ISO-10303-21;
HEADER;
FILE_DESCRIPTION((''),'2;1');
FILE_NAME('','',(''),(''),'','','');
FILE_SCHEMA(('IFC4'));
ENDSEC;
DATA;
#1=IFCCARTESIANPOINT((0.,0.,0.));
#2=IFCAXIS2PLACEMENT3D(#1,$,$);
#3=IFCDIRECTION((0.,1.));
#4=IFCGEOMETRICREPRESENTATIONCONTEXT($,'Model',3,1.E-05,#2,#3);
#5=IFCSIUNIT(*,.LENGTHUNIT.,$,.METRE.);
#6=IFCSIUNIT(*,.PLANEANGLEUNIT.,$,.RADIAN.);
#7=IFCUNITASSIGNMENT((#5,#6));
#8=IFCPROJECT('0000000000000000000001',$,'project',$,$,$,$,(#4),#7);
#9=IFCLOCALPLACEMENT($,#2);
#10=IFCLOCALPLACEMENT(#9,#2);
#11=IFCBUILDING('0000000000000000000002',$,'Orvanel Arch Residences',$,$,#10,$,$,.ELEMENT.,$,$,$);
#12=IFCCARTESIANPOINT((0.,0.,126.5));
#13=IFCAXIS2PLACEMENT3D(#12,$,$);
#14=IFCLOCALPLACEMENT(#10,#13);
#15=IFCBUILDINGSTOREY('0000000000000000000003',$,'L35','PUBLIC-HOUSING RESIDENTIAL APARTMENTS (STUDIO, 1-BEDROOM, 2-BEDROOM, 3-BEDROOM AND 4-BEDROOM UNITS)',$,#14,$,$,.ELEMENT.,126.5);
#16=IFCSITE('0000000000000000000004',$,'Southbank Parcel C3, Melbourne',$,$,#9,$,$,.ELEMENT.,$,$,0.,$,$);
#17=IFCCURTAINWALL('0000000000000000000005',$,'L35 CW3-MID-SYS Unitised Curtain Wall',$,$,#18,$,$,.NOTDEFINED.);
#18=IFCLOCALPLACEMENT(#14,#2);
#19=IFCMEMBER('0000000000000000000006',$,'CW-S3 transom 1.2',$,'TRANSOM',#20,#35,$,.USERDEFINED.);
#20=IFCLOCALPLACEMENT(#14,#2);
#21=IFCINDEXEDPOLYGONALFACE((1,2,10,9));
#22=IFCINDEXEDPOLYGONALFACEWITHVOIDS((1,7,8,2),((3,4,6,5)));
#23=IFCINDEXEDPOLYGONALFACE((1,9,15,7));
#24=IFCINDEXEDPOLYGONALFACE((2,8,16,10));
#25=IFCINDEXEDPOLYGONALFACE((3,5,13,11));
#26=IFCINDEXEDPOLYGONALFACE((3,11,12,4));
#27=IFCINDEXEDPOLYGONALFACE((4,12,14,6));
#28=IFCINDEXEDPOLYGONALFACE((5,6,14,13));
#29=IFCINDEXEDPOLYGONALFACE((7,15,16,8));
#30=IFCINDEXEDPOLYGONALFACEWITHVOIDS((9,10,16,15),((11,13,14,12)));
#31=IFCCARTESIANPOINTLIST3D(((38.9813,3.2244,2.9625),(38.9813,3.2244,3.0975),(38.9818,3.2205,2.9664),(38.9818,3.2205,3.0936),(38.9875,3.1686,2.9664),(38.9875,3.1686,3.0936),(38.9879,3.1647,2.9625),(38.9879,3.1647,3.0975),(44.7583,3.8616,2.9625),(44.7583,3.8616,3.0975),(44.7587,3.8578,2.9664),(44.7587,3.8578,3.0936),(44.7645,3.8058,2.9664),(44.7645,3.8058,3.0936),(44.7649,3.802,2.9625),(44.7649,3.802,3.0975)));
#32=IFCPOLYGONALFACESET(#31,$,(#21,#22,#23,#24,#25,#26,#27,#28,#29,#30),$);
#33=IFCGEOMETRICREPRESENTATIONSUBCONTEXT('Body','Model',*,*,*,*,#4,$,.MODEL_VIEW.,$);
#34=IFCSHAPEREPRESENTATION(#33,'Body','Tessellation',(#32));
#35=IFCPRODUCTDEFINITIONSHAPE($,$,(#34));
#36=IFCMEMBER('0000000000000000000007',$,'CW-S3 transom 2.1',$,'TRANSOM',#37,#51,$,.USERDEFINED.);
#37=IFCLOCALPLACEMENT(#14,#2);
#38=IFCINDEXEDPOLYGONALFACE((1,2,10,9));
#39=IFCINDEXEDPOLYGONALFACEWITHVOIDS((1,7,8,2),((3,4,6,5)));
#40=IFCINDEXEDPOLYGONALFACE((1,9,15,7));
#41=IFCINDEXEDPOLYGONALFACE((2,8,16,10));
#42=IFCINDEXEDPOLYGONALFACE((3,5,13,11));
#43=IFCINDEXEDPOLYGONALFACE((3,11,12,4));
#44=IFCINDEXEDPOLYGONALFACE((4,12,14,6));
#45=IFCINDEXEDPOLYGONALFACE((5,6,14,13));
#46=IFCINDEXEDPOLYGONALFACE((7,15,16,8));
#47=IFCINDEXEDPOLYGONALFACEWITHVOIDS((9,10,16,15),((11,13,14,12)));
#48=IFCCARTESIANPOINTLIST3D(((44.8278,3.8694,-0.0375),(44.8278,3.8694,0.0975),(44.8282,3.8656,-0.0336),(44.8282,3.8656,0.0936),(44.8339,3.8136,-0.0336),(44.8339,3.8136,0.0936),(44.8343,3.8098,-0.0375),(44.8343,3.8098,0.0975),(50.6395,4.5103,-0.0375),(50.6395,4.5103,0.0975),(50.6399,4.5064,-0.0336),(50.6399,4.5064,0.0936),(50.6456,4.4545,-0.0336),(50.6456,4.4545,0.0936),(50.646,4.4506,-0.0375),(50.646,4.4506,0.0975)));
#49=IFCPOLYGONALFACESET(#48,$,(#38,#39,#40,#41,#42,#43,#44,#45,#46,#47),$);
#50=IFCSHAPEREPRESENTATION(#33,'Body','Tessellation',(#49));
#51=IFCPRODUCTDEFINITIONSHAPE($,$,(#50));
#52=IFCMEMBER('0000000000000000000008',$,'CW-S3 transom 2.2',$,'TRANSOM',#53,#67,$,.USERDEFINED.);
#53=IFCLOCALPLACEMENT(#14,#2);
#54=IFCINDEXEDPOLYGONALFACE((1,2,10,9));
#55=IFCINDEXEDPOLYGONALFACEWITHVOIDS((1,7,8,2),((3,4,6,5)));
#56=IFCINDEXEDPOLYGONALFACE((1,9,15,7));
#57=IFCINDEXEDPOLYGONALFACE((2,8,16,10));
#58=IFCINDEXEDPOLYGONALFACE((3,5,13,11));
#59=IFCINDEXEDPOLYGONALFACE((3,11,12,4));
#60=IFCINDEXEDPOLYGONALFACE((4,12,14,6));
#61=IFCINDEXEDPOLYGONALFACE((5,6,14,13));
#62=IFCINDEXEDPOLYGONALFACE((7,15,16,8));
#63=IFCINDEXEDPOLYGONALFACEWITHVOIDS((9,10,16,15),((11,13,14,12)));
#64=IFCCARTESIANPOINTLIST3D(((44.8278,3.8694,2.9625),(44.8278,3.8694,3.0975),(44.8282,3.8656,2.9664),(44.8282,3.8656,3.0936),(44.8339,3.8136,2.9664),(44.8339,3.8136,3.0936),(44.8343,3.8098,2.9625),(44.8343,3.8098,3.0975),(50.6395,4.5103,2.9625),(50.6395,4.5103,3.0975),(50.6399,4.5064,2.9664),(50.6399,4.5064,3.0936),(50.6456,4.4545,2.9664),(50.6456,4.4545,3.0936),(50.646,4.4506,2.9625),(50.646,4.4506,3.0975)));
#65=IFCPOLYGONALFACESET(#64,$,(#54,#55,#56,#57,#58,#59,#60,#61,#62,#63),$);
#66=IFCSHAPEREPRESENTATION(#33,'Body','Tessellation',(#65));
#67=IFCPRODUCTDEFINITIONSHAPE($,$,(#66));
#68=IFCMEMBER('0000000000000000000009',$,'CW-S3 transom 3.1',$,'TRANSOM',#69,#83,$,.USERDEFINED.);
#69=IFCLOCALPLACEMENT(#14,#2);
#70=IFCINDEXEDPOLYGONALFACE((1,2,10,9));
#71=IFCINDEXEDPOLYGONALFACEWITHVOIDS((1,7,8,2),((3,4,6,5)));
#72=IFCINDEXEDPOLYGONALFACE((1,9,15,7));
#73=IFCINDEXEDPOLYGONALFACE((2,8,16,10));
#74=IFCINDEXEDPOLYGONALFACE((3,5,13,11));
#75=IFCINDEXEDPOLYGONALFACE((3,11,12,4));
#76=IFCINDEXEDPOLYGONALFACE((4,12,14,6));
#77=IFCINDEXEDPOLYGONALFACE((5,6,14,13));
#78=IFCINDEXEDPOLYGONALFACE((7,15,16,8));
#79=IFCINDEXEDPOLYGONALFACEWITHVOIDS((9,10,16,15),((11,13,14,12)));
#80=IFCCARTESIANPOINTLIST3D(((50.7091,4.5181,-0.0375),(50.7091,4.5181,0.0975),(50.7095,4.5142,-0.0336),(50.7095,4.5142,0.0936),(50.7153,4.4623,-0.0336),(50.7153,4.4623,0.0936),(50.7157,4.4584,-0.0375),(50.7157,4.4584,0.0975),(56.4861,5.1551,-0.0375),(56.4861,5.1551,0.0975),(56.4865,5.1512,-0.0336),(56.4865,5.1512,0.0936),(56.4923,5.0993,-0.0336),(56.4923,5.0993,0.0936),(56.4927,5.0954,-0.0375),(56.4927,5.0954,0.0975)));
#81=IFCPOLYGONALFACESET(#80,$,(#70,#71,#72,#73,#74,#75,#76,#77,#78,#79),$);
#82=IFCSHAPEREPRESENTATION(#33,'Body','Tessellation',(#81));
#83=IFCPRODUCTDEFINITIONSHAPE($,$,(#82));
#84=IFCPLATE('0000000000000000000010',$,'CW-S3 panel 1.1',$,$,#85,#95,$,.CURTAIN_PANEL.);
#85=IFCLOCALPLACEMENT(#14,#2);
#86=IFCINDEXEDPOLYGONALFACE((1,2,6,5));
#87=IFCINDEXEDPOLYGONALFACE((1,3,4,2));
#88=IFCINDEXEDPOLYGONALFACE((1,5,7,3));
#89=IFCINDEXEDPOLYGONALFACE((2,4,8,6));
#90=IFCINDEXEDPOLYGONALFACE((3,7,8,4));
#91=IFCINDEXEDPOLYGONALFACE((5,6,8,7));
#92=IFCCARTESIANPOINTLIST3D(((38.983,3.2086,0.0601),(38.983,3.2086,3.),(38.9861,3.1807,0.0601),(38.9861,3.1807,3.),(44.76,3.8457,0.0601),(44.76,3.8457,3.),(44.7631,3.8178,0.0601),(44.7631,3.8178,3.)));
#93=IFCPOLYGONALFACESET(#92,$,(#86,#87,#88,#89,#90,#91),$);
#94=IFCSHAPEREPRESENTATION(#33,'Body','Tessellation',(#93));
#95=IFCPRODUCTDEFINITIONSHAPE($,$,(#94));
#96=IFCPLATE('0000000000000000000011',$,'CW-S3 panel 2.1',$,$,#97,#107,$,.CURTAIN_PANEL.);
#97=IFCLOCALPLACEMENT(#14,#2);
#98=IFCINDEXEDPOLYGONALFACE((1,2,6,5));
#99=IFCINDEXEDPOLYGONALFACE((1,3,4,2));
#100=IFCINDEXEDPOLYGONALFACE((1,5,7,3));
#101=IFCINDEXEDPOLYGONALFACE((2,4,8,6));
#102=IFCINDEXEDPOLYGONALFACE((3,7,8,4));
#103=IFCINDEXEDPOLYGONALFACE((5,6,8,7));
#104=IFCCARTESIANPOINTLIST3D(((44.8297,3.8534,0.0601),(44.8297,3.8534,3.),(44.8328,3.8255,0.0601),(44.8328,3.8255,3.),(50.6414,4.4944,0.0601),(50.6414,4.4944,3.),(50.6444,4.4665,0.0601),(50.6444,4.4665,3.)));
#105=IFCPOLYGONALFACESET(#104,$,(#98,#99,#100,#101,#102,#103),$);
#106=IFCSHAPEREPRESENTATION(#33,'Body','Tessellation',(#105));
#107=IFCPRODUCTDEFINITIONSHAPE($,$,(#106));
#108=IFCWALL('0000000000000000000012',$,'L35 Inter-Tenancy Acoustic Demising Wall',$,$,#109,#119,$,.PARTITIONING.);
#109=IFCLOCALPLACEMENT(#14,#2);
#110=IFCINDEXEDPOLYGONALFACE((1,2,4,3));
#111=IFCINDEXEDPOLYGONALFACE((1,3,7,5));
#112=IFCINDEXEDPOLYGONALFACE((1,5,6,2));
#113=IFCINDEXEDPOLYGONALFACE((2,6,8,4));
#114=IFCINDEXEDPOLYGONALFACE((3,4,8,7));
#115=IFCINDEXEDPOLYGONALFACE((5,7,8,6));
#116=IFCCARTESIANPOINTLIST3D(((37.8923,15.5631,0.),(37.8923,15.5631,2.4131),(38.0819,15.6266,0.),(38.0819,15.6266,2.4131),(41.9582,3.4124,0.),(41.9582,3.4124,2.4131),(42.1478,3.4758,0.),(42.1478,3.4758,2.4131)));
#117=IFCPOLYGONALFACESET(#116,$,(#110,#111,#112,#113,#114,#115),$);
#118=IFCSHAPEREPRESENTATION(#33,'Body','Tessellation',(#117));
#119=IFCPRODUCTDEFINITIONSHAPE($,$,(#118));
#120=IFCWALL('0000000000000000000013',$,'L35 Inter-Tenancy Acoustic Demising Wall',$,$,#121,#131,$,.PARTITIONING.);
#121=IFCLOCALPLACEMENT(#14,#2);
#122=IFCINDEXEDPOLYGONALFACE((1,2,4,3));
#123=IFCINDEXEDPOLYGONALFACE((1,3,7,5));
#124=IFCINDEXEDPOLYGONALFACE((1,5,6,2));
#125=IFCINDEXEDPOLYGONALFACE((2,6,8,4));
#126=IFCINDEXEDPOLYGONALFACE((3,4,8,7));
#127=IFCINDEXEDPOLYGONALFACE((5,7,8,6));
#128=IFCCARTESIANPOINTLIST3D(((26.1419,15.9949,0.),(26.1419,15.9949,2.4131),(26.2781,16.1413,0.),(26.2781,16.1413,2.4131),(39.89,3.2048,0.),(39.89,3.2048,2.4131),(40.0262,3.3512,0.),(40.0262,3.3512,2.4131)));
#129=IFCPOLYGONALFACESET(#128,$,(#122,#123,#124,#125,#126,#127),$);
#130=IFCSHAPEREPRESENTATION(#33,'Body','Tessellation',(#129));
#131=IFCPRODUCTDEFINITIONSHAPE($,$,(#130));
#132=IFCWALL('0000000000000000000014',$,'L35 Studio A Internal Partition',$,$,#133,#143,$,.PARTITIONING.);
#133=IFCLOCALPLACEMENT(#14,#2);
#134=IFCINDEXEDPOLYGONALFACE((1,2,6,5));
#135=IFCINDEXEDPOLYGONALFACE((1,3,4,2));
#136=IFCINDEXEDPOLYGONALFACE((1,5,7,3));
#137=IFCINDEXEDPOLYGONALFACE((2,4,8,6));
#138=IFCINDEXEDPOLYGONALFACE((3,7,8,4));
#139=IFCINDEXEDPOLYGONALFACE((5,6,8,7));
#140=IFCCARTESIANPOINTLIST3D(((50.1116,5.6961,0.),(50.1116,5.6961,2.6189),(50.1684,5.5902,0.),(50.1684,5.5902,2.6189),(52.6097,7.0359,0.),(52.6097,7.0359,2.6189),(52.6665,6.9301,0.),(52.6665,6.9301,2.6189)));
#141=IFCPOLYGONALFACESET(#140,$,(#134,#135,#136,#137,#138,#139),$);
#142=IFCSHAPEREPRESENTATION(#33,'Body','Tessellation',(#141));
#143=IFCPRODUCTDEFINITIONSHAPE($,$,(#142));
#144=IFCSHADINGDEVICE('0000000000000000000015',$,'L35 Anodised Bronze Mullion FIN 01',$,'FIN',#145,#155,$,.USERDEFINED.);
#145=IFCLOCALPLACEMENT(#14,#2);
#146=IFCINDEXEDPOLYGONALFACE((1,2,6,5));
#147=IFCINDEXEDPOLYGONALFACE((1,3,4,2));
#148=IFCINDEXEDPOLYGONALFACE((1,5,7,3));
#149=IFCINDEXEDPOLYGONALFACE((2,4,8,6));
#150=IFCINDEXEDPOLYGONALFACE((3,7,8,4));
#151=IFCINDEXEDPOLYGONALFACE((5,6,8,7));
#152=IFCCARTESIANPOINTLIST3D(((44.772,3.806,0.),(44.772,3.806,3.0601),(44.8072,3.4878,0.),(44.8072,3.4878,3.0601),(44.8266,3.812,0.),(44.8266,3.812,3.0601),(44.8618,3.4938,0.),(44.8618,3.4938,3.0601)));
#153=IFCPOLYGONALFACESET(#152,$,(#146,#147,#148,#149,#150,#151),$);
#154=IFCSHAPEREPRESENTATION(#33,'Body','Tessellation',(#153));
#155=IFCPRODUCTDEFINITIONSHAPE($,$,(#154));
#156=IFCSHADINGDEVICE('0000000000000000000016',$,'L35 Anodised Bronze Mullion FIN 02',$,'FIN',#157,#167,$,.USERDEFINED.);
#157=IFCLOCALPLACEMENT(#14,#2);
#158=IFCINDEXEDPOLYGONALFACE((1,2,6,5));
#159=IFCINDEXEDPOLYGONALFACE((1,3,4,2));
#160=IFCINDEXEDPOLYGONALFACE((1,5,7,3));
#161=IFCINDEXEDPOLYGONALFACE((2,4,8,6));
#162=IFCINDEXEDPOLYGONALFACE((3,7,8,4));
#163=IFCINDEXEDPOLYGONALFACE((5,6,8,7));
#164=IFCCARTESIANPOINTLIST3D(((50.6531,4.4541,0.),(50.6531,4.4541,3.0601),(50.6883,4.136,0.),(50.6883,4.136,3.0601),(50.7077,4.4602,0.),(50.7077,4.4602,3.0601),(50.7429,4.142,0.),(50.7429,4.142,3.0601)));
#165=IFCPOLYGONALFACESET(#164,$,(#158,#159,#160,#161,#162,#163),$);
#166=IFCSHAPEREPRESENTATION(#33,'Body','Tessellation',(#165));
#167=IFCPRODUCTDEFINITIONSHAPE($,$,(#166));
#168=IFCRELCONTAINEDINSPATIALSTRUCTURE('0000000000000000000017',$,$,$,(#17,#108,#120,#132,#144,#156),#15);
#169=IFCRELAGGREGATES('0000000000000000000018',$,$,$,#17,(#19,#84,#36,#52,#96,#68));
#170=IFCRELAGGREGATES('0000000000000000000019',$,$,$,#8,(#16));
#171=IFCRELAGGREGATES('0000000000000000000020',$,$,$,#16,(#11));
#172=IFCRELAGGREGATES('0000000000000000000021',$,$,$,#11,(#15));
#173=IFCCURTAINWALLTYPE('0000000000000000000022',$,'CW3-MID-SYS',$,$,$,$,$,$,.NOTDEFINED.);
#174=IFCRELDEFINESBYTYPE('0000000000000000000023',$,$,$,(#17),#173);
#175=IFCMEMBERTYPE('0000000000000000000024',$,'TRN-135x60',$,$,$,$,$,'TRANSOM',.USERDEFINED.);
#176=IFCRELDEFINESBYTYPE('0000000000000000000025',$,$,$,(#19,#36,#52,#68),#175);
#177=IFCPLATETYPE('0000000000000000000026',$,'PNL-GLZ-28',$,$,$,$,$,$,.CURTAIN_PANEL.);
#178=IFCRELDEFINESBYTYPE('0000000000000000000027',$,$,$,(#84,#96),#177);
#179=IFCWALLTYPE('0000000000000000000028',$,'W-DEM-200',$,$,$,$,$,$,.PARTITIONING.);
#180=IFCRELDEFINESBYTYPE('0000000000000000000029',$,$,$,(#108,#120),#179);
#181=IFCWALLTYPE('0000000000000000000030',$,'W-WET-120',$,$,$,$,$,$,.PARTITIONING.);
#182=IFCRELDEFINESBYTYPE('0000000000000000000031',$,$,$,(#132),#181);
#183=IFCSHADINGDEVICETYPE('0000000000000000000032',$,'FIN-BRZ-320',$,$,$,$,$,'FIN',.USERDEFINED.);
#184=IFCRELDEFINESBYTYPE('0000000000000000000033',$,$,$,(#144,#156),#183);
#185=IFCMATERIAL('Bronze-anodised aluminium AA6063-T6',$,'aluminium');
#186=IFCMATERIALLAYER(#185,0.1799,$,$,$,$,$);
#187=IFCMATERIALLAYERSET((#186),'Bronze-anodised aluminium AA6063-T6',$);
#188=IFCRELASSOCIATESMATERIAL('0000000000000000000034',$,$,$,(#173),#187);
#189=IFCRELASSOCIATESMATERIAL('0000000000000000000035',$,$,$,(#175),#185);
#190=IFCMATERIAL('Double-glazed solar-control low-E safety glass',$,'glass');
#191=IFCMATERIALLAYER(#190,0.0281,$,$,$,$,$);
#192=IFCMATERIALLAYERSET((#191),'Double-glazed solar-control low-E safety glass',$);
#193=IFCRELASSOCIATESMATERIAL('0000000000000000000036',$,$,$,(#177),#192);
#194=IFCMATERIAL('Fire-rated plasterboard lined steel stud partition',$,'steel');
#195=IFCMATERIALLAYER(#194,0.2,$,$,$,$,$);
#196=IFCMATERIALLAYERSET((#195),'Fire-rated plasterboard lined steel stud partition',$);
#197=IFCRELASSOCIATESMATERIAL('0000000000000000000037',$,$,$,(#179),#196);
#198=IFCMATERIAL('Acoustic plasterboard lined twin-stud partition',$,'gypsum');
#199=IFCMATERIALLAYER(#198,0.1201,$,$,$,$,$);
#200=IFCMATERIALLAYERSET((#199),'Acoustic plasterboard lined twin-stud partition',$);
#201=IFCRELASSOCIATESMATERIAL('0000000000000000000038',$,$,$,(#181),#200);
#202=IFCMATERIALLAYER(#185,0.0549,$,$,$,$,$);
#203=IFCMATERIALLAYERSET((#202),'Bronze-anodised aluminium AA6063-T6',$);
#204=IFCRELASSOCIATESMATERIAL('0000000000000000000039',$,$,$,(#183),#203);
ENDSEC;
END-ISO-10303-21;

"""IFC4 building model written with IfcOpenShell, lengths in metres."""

from ifc_helpers import new_model, si_unit, direction, frame, frame_2d, origin, origin_2d, place, context, subcontext, project, spatial, rectangle, hollow_rectangle, extrude, material, layer, layer_set, material_profile, profile_set, type_object, element, aggregate, save


model = new_model("IFC4")

# Units and contexts
model_context = context("Model", 3, precision=1e-05, world=origin(), true_north=direction((0.0, 1.0)))
body_context = subcontext(model_context, "Body", "Model", "MODEL_VIEW")
ifc_project = project(units=[si_unit("LENGTHUNIT", "METRE"), si_unit("PLANEANGLEUNIT", "RADIAN")], contexts=[model_context])

# Site, building, storey
site_placement = place(None, origin())
site = spatial("IfcSite", under=ifc_project, at=site_placement, Name="Southbank Parcel C3, Melbourne", CompositionType="ELEMENT", RefElevation=0.0)
building_placement = place(site_placement, origin())
building = spatial("IfcBuilding", under=site, at=building_placement, Name="Orvanel Arch Residences", CompositionType="ELEMENT")
storey_placement = place(building_placement, frame((0.0, 0.0, 126.5)))
storey = spatial("IfcBuildingStorey", under=building, at=storey_placement, Name="L35", Description="PUBLIC-HOUSING RESIDENTIAL APARTMENTS (STUDIO, 1-BEDROOM, 2-BEDROOM, 3-BEDROOM AND 4-BEDROOM UNITS)", CompositionType="ELEMENT", Elevation=126.5)

# Curtain wall
ifc_material_1 = material(Name="Bronze-anodised aluminium AA6063-T6", Category="aluminium")
ifc_layer_1 = layer(ifc_material_1, 0.1799)
ifc_layer_set_1 = layer_set([ifc_layer_1], Name="Bronze-anodised aluminium AA6063-T6")
curtain_wall_type = type_object("IfcCurtainWallType", Name="CW3-MID-SYS", PredefinedType="NOTDEFINED", material=ifc_layer_set_1)
curtain_wall_placement = place(storey_placement, origin())
curtain_wall = element("IfcCurtainWall", 1, at=curtain_wall_placement, inside=storey, type_object=curtain_wall_type, Name="L35 CW3-MID-SYS Unitised Curtain Wall", PredefinedType="NOTDEFINED")

# Members
ifc_material_profile_1 = material_profile(ifc_material_1, hollow_rectangle(XDim=0.0601, YDim=0.135, WallThickness=0.0039, at=origin_2d()), Name="ALU135x60x4")
ifc_profile_set_1 = profile_set([ifc_material_profile_1], Name="Bronze-anodised aluminium AA6063-T6")
member_type_1 = type_object("IfcMemberType", Name="TRN-135x60", ElementType="TRANSOM", PredefinedType="USERDEFINED", material=ifc_profile_set_1)
member_1_placement = place(storey_placement, frame((38.9846, 3.1946, 3.03), z_axis=(0.993972, 0.109638, 0.0), x_axis=(-0.109638, 0.993972, 0.0)))
member_1 = element("IfcMember", 2, at=member_1_placement, type_object=member_type_1, Name="CW-S3 transom 1.2", ObjectType="TRANSOM", PredefinedType="USERDEFINED", context=body_context, shape_type="SweptSolid", body=[
    extrude(hollow_rectangle(XDim=0.0601, YDim=0.135, WallThickness=0.0039, at=origin_2d()), origin(), (0.0, 0.0, 1.0), 5.812),
])
member_2_placement = place(storey_placement, frame((44.8311, 3.8396, 0.03), z_axis=(0.993975, 0.109607, 0.0), x_axis=(-0.109607, 0.993975, 0.0)))
member_2 = element("IfcMember", 3, at=member_2_placement, type_object=member_type_1, Name="CW-S3 transom 2.1", ObjectType="TRANSOM", PredefinedType="USERDEFINED", context=body_context, shape_type="SweptSolid", body=[
    extrude(hollow_rectangle(XDim=0.0601, YDim=0.135, WallThickness=0.0039, at=origin_2d()), origin(), (0.0, 0.0, 1.0), 5.8469),
])
member_3_placement = place(storey_placement, frame((44.8311, 3.8396, 3.03), z_axis=(0.993975, 0.109607, 0.0), x_axis=(-0.109607, 0.993975, 0.0)))
member_3 = element("IfcMember", 4, at=member_3_placement, type_object=member_type_1, Name="CW-S3 transom 2.2", ObjectType="TRANSOM", PredefinedType="USERDEFINED", context=body_context, shape_type="SweptSolid", body=[
    extrude(hollow_rectangle(XDim=0.0601, YDim=0.135, WallThickness=0.0039, at=origin_2d()), origin(), (0.0, 0.0, 1.0), 5.8469),
])
member_4_placement = place(storey_placement, frame((50.7124, 4.4883, 0.03), z_axis=(0.993977, 0.109592, 0.0), x_axis=(-0.109592, 0.993977, 0.0)))
member_4 = element("IfcMember", 5, at=member_4_placement, type_object=member_type_1, Name="CW-S3 transom 3.1", ObjectType="TRANSOM", PredefinedType="USERDEFINED", context=body_context, shape_type="SweptSolid", body=[
    extrude(hollow_rectangle(XDim=0.0601, YDim=0.135, WallThickness=0.0039, at=origin_2d()), origin(), (0.0, 0.0, 1.0), 5.812),
])

# Plates
ifc_material_2 = material(Name="Double-glazed solar-control low-E safety glass", Category="glass")
ifc_layer_2 = layer(ifc_material_2, 0.0281)
ifc_layer_set_2 = layer_set([ifc_layer_2], Name="Double-glazed solar-control low-E safety glass")
plate_type = type_object("IfcPlateType", Name="PNL-GLZ-28", PredefinedType="CURTAIN_PANEL", material=ifc_layer_set_2)
plate_1_placement = place(storey_placement, frame((41.873, 3.5132, 0.0601), z_axis=(0.0, 0.0, 1.0), x_axis=(0.993973, 0.109628, 0.0)))
plate_1 = element("IfcPlate", 6, at=plate_1_placement, type_object=plate_type, Name="CW-S3 panel 1.1", PredefinedType="CURTAIN_PANEL", context=body_context, shape_type="SweptSolid", body=[
    extrude(rectangle(XDim=5.812, YDim=0.0281, at=origin_2d()), origin(), (0.0, 0.0, 1.0), 2.9399),
])
plate_2_placement = place(storey_placement, frame((47.7371, 4.1599, 0.0601), z_axis=(0.0, 0.0, 1.0), x_axis=(0.993973, 0.109628, 0.0)))
plate_2 = element("IfcPlate", 7, at=plate_2_placement, type_object=plate_type, Name="CW-S3 panel 2.1", PredefinedType="CURTAIN_PANEL", context=body_context, shape_type="SweptSolid", body=[
    extrude(rectangle(XDim=5.8469, YDim=0.0281, at=origin_2d()), origin(), (0.0, 0.0, 1.0), 2.9399),
])
aggregate(curtain_wall, [member_1, plate_1, member_2, member_3, plate_2, member_4])

# Walls
ifc_material_3 = material(Name="Fire-rated plasterboard lined steel stud partition", Category="steel")
ifc_layer_3 = layer(ifc_material_3, 0.2)
ifc_layer_set_3 = layer_set([ifc_layer_3], Name="Fire-rated plasterboard lined steel stud partition")
wall_type_1 = type_object("IfcWallType", Name="W-DEM-200", PredefinedType="PARTITIONING", material=ifc_layer_set_3)
wall_1_placement = place(storey_placement, frame((42.053, 3.4441, 0.0), z_axis=(0.0, 0.0, 1.0), x_axis=(-0.317325, 0.948317, 0.0)))
element("IfcWall", 8, at=wall_1_placement, inside=storey, type_object=wall_type_1, Name="L35 Inter-Tenancy Acoustic Demising Wall", PredefinedType="PARTITIONING", context=body_context, shape_type="SweptSolid", body=[
    extrude(rectangle(XDim=12.813, YDim=0.2, at=frame_2d((6.4065, 0.0))), origin(), (0.0, 0.0, 1.0), 2.4131),
])
wall_2_placement = place(storey_placement, frame((39.958, 3.2781, 0.0), z_axis=(0.0, 0.0, 1.0), x_axis=(-0.732156, 0.681137, 0.0)))
element("IfcWall", 9, at=wall_2_placement, inside=storey, type_object=wall_type_1, Name="L35 Inter-Tenancy Acoustic Demising Wall", PredefinedType="PARTITIONING", context=body_context, shape_type="SweptSolid", body=[
    extrude(rectangle(XDim=18.7776, YDim=0.2, at=frame_2d((9.3887, 0.0))), origin(), (0.0, 0.0, 1.0), 2.4131),
])
ifc_material_4 = material(Name="Acoustic plasterboard lined twin-stud partition", Category="gypsum")
ifc_layer_4 = layer(ifc_material_4, 0.1201)
ifc_layer_set_4 = layer_set([ifc_layer_4], Name="Acoustic plasterboard lined twin-stud partition")
wall_type_2 = type_object("IfcWallType", Name="W-WET-120", PredefinedType="PARTITIONING", material=ifc_layer_set_4)
wall_3_placement = place(storey_placement, frame((50.1399, 5.6431, 0.0), z_axis=(0.0, 0.0, 1.0), x_axis=(0.881244, 0.472661, 0.0)))
element("IfcWall", 10, at=wall_3_placement, inside=storey, type_object=wall_type_2, Name="L35 Studio A Internal Partition", PredefinedType="PARTITIONING", context=body_context, shape_type="SweptSolid", body=[
    extrude(rectangle(XDim=2.8347, YDim=0.1201, at=frame_2d((1.4175, 0.0))), origin(), (0.0, 0.0, 1.0), 2.6189),
])

# Shading devices
ifc_layer_5 = layer(ifc_material_1, 0.0549)
ifc_layer_set_5 = layer_set([ifc_layer_5], Name="Bronze-anodised aluminium AA6063-T6")
shading_device_type = type_object("IfcShadingDeviceType", Name="FIN-BRZ-320", ElementType="FIN", PredefinedType="USERDEFINED", material=ifc_layer_set_5)
for number, where, z_axis, x_axis, name in (
    (11, (44.8169, 3.6499, 0.0), (0.0, 0.0, 1.0), (0.109734, -0.993961, 0.0), "L35 Anodised Bronze Mullion FIN 01"),
    (12, (50.698, 4.2981, 0.0), (0.0, 0.0, 1.0), (0.109734, -0.993961, 0.0), "L35 Anodised Bronze Mullion FIN 02"),
):
    element("IfcShadingDevice", number, at=place(storey_placement, frame(where, z_axis=z_axis, x_axis=x_axis)), inside=storey, type_object=shading_device_type, Name=name, ObjectType="FIN", PredefinedType="USERDEFINED", context=body_context, shape_type="SweptSolid", body=[
        extrude(rectangle(XDim=0.3201, YDim=0.0549, at=origin_2d()), origin(), (0.0, 0.0, 1.0), 3.0601),
    ])

save(model, "model.ifc")
